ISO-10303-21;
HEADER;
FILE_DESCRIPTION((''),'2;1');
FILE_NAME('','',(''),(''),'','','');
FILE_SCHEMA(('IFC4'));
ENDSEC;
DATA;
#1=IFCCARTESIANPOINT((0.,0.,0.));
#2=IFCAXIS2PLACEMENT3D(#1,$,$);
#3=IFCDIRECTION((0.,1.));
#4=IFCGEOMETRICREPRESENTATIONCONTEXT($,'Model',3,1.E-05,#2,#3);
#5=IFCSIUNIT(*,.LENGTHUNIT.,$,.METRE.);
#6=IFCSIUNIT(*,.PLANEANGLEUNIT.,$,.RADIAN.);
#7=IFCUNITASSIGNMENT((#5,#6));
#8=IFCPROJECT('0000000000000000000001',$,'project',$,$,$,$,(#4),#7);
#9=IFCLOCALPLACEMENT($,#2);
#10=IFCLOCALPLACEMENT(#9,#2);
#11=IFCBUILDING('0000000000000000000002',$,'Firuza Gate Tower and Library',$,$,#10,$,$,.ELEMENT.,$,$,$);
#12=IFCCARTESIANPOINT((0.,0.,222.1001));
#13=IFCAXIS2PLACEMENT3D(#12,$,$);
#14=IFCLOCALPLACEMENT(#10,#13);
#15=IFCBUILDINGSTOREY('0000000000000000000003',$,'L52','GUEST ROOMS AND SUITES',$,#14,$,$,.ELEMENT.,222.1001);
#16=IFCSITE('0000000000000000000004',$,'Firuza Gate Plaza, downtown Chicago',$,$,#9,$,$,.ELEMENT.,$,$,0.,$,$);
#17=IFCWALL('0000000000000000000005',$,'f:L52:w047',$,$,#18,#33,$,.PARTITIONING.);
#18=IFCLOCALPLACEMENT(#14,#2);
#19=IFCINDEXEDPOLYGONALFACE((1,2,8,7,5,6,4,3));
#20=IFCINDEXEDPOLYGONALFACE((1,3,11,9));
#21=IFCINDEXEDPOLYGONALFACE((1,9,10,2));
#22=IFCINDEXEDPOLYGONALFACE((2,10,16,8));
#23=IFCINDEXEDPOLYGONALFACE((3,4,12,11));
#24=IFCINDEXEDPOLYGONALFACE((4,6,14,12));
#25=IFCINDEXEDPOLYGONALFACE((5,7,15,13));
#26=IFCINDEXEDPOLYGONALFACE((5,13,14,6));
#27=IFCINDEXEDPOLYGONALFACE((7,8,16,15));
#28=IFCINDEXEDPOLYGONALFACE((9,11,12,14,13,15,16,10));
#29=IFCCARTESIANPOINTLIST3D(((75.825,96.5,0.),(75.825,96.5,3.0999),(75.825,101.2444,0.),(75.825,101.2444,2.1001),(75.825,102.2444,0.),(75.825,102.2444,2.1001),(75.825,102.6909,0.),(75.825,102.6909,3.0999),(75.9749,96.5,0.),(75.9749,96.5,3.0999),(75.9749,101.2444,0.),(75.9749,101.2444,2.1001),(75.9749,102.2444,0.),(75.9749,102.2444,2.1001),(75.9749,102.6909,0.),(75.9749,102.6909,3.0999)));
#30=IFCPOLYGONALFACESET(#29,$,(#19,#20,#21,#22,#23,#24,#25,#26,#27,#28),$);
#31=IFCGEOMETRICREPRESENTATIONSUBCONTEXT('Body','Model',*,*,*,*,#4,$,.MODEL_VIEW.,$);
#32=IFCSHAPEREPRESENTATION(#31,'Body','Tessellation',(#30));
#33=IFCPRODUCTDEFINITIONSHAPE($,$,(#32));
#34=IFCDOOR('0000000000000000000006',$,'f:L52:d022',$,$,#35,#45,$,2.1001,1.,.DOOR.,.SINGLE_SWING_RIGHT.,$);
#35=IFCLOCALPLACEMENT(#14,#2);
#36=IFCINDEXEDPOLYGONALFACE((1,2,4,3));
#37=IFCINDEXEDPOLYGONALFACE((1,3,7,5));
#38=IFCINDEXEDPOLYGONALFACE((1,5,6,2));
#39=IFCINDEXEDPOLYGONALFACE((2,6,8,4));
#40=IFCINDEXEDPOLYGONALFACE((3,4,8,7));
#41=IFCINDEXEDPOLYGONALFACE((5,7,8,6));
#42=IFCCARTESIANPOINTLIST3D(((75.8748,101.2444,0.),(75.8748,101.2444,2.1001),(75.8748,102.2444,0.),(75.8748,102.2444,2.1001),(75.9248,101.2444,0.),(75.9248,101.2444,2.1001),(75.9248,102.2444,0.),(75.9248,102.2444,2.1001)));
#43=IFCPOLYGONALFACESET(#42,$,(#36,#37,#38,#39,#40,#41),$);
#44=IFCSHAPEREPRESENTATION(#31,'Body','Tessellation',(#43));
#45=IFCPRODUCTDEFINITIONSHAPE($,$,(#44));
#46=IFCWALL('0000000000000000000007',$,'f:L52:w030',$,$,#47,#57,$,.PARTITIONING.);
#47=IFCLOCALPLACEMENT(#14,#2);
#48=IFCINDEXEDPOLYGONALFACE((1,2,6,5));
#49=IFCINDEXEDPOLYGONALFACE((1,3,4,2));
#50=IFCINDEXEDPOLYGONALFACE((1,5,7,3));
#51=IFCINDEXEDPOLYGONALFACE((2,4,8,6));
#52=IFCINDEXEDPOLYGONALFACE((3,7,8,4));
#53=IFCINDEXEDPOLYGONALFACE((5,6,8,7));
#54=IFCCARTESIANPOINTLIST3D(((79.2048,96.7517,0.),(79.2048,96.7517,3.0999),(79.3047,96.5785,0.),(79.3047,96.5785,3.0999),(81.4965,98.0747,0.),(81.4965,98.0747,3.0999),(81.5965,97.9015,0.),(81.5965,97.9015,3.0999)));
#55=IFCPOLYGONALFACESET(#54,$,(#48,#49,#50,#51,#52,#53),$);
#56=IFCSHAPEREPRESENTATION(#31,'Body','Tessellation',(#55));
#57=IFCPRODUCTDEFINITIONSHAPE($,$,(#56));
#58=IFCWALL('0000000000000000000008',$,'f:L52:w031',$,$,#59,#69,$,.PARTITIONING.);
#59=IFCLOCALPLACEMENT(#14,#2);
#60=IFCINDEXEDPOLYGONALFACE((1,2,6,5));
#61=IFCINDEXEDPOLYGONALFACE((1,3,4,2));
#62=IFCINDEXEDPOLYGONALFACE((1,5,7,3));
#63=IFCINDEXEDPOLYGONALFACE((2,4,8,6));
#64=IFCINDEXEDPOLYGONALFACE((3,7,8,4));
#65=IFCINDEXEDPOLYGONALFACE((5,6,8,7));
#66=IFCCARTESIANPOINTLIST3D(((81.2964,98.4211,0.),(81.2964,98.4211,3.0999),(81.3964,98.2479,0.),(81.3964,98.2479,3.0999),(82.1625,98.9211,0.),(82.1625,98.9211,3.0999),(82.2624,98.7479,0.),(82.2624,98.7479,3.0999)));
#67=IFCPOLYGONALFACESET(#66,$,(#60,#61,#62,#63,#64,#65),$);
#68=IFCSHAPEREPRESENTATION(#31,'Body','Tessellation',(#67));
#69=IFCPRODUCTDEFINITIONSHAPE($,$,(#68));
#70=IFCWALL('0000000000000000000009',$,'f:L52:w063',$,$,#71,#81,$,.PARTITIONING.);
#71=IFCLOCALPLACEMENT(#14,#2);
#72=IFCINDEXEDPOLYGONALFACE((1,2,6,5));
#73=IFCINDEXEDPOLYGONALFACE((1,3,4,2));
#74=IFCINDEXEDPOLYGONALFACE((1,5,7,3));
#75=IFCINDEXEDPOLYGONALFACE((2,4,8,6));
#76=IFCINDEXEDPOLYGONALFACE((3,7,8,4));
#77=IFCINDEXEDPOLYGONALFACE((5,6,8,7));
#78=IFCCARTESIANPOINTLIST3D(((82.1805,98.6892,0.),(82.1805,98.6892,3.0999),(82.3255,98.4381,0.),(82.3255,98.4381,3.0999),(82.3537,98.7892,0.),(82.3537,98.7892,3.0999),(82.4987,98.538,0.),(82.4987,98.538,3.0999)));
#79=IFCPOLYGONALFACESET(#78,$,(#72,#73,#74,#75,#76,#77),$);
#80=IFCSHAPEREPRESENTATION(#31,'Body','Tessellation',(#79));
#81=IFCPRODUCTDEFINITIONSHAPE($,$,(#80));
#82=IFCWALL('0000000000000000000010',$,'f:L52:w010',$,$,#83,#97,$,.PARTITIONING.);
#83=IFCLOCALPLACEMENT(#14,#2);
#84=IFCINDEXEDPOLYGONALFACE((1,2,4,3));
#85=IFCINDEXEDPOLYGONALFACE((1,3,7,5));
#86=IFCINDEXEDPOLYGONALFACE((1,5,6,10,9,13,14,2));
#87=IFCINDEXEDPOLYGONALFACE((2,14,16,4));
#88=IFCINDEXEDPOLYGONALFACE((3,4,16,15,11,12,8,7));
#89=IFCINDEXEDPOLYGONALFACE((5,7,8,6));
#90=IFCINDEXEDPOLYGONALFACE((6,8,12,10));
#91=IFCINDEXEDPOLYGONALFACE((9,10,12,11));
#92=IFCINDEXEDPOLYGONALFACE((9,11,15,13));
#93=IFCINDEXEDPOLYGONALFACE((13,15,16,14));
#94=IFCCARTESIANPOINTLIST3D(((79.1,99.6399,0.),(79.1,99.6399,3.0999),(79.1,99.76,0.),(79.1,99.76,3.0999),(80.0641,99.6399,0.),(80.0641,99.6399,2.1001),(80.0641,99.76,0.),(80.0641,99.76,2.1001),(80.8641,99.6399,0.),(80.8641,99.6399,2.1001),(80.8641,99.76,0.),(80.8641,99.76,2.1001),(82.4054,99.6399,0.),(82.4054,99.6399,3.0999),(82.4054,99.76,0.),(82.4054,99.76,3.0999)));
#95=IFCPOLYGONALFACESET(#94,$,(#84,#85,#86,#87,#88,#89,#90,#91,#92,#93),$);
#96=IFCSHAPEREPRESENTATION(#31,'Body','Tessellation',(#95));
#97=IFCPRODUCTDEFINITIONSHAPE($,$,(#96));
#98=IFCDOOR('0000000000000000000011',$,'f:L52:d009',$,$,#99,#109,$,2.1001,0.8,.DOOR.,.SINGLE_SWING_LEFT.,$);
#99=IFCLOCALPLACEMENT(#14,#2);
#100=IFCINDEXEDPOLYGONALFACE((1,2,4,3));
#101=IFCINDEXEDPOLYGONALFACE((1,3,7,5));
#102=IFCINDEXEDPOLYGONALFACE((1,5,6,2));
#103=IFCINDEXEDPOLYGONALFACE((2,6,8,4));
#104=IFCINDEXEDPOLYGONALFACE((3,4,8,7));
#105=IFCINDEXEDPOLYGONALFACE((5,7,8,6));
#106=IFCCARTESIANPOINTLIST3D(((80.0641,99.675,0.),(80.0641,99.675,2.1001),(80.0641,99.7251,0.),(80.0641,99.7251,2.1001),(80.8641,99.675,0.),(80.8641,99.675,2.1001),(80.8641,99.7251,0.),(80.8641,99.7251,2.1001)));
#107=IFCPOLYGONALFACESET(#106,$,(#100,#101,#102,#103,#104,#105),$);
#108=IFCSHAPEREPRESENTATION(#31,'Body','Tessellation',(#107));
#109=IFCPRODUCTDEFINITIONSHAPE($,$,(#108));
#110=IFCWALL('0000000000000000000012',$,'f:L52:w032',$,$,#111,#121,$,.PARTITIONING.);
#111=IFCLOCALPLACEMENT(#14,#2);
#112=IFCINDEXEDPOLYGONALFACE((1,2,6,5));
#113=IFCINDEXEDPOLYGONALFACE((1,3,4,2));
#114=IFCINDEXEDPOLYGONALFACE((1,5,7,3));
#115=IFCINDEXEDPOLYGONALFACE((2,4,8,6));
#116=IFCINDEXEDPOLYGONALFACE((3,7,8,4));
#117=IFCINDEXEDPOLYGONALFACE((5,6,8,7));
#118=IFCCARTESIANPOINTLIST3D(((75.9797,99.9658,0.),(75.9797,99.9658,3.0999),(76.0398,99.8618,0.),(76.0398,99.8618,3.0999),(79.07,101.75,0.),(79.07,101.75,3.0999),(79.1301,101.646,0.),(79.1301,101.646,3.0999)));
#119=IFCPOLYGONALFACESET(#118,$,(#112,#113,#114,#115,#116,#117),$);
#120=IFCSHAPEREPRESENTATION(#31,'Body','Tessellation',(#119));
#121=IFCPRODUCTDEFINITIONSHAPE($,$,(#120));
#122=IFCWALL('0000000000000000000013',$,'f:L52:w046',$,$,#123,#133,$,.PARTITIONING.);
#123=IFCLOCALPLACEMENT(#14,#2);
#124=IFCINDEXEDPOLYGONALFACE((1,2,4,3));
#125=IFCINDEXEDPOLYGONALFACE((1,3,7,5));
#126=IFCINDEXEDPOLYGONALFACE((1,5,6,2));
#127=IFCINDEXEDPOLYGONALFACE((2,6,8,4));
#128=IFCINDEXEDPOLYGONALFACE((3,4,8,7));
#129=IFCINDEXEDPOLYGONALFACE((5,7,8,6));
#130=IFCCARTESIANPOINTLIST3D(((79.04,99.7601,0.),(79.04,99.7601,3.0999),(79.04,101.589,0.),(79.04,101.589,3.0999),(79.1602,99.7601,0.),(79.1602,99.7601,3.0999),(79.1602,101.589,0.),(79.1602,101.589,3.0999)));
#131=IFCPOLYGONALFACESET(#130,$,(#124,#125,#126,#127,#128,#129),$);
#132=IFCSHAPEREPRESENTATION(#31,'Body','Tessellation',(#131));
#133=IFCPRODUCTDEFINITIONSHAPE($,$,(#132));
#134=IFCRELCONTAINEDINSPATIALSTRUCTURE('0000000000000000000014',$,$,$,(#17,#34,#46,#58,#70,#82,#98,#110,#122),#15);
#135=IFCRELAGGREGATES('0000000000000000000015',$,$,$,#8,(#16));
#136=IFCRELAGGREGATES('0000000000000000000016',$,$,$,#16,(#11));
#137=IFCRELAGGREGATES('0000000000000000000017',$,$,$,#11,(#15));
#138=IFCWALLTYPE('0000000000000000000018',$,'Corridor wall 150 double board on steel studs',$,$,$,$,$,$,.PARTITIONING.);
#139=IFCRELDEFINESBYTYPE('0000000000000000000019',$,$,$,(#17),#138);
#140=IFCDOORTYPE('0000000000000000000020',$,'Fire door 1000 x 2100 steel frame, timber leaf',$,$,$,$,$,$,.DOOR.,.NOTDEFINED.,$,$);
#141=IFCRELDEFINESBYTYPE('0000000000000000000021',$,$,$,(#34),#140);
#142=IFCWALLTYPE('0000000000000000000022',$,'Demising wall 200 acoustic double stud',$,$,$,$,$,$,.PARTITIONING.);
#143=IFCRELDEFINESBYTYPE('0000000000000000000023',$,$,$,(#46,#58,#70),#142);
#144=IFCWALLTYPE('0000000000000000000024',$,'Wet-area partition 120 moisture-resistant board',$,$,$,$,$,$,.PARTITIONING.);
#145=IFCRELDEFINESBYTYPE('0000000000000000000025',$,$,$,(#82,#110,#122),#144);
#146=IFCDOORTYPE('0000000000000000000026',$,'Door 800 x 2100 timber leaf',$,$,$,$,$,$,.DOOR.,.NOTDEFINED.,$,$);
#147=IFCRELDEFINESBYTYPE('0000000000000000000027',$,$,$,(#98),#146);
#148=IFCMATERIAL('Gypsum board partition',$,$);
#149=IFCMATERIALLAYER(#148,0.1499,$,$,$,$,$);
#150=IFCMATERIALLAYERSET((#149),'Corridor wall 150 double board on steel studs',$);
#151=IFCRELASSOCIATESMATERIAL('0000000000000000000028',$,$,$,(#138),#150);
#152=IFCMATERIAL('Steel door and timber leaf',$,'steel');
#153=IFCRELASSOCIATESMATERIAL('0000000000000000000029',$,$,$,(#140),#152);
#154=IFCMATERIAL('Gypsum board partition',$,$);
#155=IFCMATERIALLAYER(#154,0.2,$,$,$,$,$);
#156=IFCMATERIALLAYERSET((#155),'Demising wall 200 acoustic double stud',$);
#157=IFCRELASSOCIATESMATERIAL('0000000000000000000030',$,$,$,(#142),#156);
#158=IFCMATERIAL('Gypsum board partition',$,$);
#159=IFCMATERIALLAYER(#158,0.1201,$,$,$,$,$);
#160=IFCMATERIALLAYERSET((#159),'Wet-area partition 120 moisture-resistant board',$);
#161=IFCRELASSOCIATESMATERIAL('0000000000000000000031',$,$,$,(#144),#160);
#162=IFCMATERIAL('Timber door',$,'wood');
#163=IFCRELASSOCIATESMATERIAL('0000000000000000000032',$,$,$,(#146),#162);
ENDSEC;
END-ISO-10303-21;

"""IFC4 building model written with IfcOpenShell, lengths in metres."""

from ifc_helpers import new_model, si_unit, direction, frame, frame_2d, origin, place, context, subcontext, project, spatial, rectangle, extrude, material, layer, layer_set, type_object, element, fill, save


model = new_model("IFC4")

# Units and contexts
model_context = context("Model", 3, precision=1e-05, world=origin(), true_north=direction((0.0, 1.0)))
body_context = subcontext(model_context, "Body", "Model", "MODEL_VIEW")
ifc_project = project(units=[si_unit("LENGTHUNIT", "METRE"), si_unit("PLANEANGLEUNIT", "RADIAN")], contexts=[model_context])

# Site, building, storey
site_placement = place(None, origin())
site = spatial("IfcSite", under=ifc_project, at=site_placement, Name="Firuza Gate Plaza, downtown Chicago", CompositionType="ELEMENT", RefElevation=0.0)
building_placement = place(site_placement, origin())
building = spatial("IfcBuilding", under=site, at=building_placement, Name="Firuza Gate Tower and Library", CompositionType="ELEMENT")
storey_placement = place(building_placement, frame((0.0, 0.0, 222.1001)))
storey = spatial("IfcBuildingStorey", under=building, at=storey_placement, Name="L52", Description="GUEST ROOMS AND SUITES", CompositionType="ELEMENT", Elevation=222.1001)

# Shared definitions
ifc_material_1 = material(Name="Gypsum board partition")
ifc_layer_1 = layer(ifc_material_1, 0.1499)
ifc_layer_set_1 = layer_set([ifc_layer_1], Name="Corridor wall 150 double board on steel studs")
wall_type_1 = type_object("IfcWallType", Name="Corridor wall 150 double board on steel studs", PredefinedType="PARTITIONING", material=ifc_layer_set_1)

# Wall, opening, door
wall_1_placement = place(storey_placement, frame((75.8999, 102.6909, 0.0), z_axis=(0.0, 0.0, 1.0), x_axis=(0.0, -1.0, 0.0)))
wall_1 = element("IfcWall", 1, at=wall_1_placement, inside=storey, type_object=wall_type_1, Name="f:L52:w047", PredefinedType="PARTITIONING", context=body_context, shape_type="SweptSolid", body=[
    extrude(rectangle(XDim=6.1909, YDim=0.1499, at=frame_2d((3.0955, 0.0))), origin(), (0.0, 0.0, 1.0), 3.0999),
])
opening_1_placement = place(wall_1_placement, frame((0.4465, 0.0, 0.0)))
opening_1 = element("IfcOpeningElement", 2, at=opening_1_placement, cuts=wall_1, PredefinedType="OPENING", context=body_context, shape_type="SweptSolid", body=[
    extrude(rectangle(XDim=1.0, YDim=2.1001, at=frame_2d((0.5, 1.05))), frame((0.0, 0.085, 0.0), z_axis=(0.0, -1.0, 0.0), x_axis=(1.0, 0.0, 0.0)), (0.0, 0.0, 1.0), 0.1699),
])
ifc_material_2 = material(Name="Steel door and timber leaf", Category="steel")
door_type_1 = type_object("IfcDoorType", Name="Fire door 1000 x 2100 steel frame, timber leaf", OperationType="NOTDEFINED", PredefinedType="DOOR", material=ifc_material_2)
door_1_placement = place(opening_1_placement, origin())
door_1 = element("IfcDoor", 3, at=door_1_placement, inside=storey, type_object=door_type_1, Name="f:L52:d022", OperationType="SINGLE_SWING_RIGHT", OverallHeight=2.1001, OverallWidth=1.0, PredefinedType="DOOR", context=body_context, shape_type="SweptSolid", body=[
    extrude(rectangle(XDim=1.0, YDim=2.1001, at=frame_2d((0.5, 1.05))), frame((0.0, 0.0249, 0.0), z_axis=(0.0, -1.0, 0.0), x_axis=(1.0, 0.0, 0.0)), (0.0, 0.0, 1.0), 0.05),
])
fill(opening_1, door_1)

# Walls
ifc_material_3 = material(Name="Gypsum board partition")
ifc_layer_2 = layer(ifc_material_3, 0.2)
ifc_layer_set_2 = layer_set([ifc_layer_2], Name="Demising wall 200 acoustic double stud")
wall_type_2 = type_object("IfcWallType", Name="Demising wall 200 acoustic double stud", PredefinedType="PARTITIONING", material=ifc_layer_set_2)
wall_2_placement = place(storey_placement, frame((79.2546, 96.665, 0.0), z_axis=(0.0, 0.0, 1.0), x_axis=(0.866049, 0.499959, 0.0)))
element("IfcWall", 4, at=wall_2_placement, inside=storey, type_object=wall_type_2, Name="f:L52:w030", PredefinedType="PARTITIONING", context=body_context, shape_type="SweptSolid", body=[
    extrude(rectangle(XDim=2.6462, YDim=0.2, at=frame_2d((1.3232, 0.0))), origin(), (0.0, 0.0, 1.0), 3.0999),
])
wall_3_placement = place(storey_placement, frame((81.3464, 98.3345, 0.0), z_axis=(0.0, 0.0, 1.0), x_axis=(0.866011, 0.500025, 0.0)))
element("IfcWall", 5, at=wall_3_placement, inside=storey, type_object=wall_type_2, Name="f:L52:w031", PredefinedType="PARTITIONING", context=body_context, shape_type="SweptSolid", body=[
    extrude(rectangle(XDim=1.0, YDim=0.2, at=frame_2d((0.5, 0.0))), origin(), (0.0, 0.0, 1.0), 3.0999),
])
wall_4_placement = place(storey_placement, frame((82.4121, 98.488, 0.0), z_axis=(0.0, 0.0, 1.0), x_axis=(-0.499941, 0.866059, 0.0)))
element("IfcWall", 6, at=wall_4_placement, inside=storey, type_object=wall_type_2, Name="f:L52:w063", PredefinedType="PARTITIONING", context=body_context, shape_type="SweptSolid", body=[
    extrude(rectangle(XDim=0.29, YDim=0.2, at=frame_2d((0.145, 0.0))), origin(), (0.0, 0.0, 1.0), 3.0999),
])

# Wall, opening, door
ifc_material_4 = material(Name="Gypsum board partition")
ifc_layer_3 = layer(ifc_material_4, 0.1201)
ifc_layer_set_3 = layer_set([ifc_layer_3], Name="Wet-area partition 120 moisture-resistant board")
wall_type_3 = type_object("IfcWallType", Name="Wet-area partition 120 moisture-resistant board", PredefinedType="PARTITIONING", material=ifc_layer_set_3)
wall_5_placement = place(storey_placement, frame((82.4055, 99.7, 0.0), z_axis=(0.0, 0.0, 1.0), x_axis=(-1.0, 0.0, 0.0)))
wall_5 = element("IfcWall", 7, at=wall_5_placement, inside=storey, type_object=wall_type_3, Name="f:L52:w010", PredefinedType="PARTITIONING", context=body_context, shape_type="SweptSolid", body=[
    extrude(rectangle(XDim=3.3054, YDim=0.1201, at=frame_2d((1.6528, 0.0))), origin(), (0.0, 0.0, 1.0), 3.0999),
])
opening_2_placement = place(wall_5_placement, frame((1.5415, 0.0, 0.0)))
opening_2 = element("IfcOpeningElement", 8, at=opening_2_placement, cuts=wall_5, PredefinedType="OPENING", context=body_context, shape_type="SweptSolid", body=[
    extrude(rectangle(XDim=0.8, YDim=2.1001, at=frame_2d((0.3999, 1.05))), frame((0.0, 0.0701, 0.0), z_axis=(0.0, -1.0, 0.0), x_axis=(1.0, 0.0, 0.0)), (0.0, 0.0, 1.0), 0.1401),
])
ifc_material_5 = material(Name="Timber door", Category="wood")
door_type_2 = type_object("IfcDoorType", Name="Door 800 x 2100 timber leaf", OperationType="NOTDEFINED", PredefinedType="DOOR", material=ifc_material_5)
door_2_placement = place(opening_2_placement, origin())
door_2 = element("IfcDoor", 9, at=door_2_placement, inside=storey, type_object=door_type_2, Name="f:L52:d009", OperationType="SINGLE_SWING_LEFT", OverallHeight=2.1001, OverallWidth=0.8, PredefinedType="DOOR", context=body_context, shape_type="SweptSolid", body=[
    extrude(rectangle(XDim=0.8, YDim=2.1001, at=frame_2d((0.3999, 1.05))), frame((0.0, 0.0249, 0.0), z_axis=(0.0, -1.0, 0.0), x_axis=(1.0, 0.0, 0.0)), (0.0, 0.0, 1.0), 0.05),
])
fill(opening_2, door_2)

# Walls
wall_6_placement = place(storey_placement, frame((76.0098, 99.9138, 0.0), z_axis=(0.0, 0.0, 1.0), x_axis=(0.866028, 0.499995, 0.0)))
element("IfcWall", 10, at=wall_6_placement, inside=storey, type_object=wall_type_3, Name="f:L52:w032", PredefinedType="PARTITIONING", context=body_context, shape_type="SweptSolid", body=[
    extrude(rectangle(XDim=3.5684, YDim=0.1201, at=frame_2d((1.7842, 0.0))), origin(), (0.0, 0.0, 1.0), 3.0999),
])
wall_7_placement = place(storey_placement, frame((79.1001, 99.76, 0.0), z_axis=(0.0, 0.0, 1.0), x_axis=(0.0, 1.0, 0.0)))
element("IfcWall", 11, at=wall_7_placement, inside=storey, type_object=wall_type_3, Name="f:L52:w046", PredefinedType="PARTITIONING", context=body_context, shape_type="SweptSolid", body=[
    extrude(rectangle(XDim=1.8289, YDim=0.1201, at=frame_2d((0.9146, 0.0))), origin(), (0.0, 0.0, 1.0), 3.0999),
])

save(model, "model.ifc")
